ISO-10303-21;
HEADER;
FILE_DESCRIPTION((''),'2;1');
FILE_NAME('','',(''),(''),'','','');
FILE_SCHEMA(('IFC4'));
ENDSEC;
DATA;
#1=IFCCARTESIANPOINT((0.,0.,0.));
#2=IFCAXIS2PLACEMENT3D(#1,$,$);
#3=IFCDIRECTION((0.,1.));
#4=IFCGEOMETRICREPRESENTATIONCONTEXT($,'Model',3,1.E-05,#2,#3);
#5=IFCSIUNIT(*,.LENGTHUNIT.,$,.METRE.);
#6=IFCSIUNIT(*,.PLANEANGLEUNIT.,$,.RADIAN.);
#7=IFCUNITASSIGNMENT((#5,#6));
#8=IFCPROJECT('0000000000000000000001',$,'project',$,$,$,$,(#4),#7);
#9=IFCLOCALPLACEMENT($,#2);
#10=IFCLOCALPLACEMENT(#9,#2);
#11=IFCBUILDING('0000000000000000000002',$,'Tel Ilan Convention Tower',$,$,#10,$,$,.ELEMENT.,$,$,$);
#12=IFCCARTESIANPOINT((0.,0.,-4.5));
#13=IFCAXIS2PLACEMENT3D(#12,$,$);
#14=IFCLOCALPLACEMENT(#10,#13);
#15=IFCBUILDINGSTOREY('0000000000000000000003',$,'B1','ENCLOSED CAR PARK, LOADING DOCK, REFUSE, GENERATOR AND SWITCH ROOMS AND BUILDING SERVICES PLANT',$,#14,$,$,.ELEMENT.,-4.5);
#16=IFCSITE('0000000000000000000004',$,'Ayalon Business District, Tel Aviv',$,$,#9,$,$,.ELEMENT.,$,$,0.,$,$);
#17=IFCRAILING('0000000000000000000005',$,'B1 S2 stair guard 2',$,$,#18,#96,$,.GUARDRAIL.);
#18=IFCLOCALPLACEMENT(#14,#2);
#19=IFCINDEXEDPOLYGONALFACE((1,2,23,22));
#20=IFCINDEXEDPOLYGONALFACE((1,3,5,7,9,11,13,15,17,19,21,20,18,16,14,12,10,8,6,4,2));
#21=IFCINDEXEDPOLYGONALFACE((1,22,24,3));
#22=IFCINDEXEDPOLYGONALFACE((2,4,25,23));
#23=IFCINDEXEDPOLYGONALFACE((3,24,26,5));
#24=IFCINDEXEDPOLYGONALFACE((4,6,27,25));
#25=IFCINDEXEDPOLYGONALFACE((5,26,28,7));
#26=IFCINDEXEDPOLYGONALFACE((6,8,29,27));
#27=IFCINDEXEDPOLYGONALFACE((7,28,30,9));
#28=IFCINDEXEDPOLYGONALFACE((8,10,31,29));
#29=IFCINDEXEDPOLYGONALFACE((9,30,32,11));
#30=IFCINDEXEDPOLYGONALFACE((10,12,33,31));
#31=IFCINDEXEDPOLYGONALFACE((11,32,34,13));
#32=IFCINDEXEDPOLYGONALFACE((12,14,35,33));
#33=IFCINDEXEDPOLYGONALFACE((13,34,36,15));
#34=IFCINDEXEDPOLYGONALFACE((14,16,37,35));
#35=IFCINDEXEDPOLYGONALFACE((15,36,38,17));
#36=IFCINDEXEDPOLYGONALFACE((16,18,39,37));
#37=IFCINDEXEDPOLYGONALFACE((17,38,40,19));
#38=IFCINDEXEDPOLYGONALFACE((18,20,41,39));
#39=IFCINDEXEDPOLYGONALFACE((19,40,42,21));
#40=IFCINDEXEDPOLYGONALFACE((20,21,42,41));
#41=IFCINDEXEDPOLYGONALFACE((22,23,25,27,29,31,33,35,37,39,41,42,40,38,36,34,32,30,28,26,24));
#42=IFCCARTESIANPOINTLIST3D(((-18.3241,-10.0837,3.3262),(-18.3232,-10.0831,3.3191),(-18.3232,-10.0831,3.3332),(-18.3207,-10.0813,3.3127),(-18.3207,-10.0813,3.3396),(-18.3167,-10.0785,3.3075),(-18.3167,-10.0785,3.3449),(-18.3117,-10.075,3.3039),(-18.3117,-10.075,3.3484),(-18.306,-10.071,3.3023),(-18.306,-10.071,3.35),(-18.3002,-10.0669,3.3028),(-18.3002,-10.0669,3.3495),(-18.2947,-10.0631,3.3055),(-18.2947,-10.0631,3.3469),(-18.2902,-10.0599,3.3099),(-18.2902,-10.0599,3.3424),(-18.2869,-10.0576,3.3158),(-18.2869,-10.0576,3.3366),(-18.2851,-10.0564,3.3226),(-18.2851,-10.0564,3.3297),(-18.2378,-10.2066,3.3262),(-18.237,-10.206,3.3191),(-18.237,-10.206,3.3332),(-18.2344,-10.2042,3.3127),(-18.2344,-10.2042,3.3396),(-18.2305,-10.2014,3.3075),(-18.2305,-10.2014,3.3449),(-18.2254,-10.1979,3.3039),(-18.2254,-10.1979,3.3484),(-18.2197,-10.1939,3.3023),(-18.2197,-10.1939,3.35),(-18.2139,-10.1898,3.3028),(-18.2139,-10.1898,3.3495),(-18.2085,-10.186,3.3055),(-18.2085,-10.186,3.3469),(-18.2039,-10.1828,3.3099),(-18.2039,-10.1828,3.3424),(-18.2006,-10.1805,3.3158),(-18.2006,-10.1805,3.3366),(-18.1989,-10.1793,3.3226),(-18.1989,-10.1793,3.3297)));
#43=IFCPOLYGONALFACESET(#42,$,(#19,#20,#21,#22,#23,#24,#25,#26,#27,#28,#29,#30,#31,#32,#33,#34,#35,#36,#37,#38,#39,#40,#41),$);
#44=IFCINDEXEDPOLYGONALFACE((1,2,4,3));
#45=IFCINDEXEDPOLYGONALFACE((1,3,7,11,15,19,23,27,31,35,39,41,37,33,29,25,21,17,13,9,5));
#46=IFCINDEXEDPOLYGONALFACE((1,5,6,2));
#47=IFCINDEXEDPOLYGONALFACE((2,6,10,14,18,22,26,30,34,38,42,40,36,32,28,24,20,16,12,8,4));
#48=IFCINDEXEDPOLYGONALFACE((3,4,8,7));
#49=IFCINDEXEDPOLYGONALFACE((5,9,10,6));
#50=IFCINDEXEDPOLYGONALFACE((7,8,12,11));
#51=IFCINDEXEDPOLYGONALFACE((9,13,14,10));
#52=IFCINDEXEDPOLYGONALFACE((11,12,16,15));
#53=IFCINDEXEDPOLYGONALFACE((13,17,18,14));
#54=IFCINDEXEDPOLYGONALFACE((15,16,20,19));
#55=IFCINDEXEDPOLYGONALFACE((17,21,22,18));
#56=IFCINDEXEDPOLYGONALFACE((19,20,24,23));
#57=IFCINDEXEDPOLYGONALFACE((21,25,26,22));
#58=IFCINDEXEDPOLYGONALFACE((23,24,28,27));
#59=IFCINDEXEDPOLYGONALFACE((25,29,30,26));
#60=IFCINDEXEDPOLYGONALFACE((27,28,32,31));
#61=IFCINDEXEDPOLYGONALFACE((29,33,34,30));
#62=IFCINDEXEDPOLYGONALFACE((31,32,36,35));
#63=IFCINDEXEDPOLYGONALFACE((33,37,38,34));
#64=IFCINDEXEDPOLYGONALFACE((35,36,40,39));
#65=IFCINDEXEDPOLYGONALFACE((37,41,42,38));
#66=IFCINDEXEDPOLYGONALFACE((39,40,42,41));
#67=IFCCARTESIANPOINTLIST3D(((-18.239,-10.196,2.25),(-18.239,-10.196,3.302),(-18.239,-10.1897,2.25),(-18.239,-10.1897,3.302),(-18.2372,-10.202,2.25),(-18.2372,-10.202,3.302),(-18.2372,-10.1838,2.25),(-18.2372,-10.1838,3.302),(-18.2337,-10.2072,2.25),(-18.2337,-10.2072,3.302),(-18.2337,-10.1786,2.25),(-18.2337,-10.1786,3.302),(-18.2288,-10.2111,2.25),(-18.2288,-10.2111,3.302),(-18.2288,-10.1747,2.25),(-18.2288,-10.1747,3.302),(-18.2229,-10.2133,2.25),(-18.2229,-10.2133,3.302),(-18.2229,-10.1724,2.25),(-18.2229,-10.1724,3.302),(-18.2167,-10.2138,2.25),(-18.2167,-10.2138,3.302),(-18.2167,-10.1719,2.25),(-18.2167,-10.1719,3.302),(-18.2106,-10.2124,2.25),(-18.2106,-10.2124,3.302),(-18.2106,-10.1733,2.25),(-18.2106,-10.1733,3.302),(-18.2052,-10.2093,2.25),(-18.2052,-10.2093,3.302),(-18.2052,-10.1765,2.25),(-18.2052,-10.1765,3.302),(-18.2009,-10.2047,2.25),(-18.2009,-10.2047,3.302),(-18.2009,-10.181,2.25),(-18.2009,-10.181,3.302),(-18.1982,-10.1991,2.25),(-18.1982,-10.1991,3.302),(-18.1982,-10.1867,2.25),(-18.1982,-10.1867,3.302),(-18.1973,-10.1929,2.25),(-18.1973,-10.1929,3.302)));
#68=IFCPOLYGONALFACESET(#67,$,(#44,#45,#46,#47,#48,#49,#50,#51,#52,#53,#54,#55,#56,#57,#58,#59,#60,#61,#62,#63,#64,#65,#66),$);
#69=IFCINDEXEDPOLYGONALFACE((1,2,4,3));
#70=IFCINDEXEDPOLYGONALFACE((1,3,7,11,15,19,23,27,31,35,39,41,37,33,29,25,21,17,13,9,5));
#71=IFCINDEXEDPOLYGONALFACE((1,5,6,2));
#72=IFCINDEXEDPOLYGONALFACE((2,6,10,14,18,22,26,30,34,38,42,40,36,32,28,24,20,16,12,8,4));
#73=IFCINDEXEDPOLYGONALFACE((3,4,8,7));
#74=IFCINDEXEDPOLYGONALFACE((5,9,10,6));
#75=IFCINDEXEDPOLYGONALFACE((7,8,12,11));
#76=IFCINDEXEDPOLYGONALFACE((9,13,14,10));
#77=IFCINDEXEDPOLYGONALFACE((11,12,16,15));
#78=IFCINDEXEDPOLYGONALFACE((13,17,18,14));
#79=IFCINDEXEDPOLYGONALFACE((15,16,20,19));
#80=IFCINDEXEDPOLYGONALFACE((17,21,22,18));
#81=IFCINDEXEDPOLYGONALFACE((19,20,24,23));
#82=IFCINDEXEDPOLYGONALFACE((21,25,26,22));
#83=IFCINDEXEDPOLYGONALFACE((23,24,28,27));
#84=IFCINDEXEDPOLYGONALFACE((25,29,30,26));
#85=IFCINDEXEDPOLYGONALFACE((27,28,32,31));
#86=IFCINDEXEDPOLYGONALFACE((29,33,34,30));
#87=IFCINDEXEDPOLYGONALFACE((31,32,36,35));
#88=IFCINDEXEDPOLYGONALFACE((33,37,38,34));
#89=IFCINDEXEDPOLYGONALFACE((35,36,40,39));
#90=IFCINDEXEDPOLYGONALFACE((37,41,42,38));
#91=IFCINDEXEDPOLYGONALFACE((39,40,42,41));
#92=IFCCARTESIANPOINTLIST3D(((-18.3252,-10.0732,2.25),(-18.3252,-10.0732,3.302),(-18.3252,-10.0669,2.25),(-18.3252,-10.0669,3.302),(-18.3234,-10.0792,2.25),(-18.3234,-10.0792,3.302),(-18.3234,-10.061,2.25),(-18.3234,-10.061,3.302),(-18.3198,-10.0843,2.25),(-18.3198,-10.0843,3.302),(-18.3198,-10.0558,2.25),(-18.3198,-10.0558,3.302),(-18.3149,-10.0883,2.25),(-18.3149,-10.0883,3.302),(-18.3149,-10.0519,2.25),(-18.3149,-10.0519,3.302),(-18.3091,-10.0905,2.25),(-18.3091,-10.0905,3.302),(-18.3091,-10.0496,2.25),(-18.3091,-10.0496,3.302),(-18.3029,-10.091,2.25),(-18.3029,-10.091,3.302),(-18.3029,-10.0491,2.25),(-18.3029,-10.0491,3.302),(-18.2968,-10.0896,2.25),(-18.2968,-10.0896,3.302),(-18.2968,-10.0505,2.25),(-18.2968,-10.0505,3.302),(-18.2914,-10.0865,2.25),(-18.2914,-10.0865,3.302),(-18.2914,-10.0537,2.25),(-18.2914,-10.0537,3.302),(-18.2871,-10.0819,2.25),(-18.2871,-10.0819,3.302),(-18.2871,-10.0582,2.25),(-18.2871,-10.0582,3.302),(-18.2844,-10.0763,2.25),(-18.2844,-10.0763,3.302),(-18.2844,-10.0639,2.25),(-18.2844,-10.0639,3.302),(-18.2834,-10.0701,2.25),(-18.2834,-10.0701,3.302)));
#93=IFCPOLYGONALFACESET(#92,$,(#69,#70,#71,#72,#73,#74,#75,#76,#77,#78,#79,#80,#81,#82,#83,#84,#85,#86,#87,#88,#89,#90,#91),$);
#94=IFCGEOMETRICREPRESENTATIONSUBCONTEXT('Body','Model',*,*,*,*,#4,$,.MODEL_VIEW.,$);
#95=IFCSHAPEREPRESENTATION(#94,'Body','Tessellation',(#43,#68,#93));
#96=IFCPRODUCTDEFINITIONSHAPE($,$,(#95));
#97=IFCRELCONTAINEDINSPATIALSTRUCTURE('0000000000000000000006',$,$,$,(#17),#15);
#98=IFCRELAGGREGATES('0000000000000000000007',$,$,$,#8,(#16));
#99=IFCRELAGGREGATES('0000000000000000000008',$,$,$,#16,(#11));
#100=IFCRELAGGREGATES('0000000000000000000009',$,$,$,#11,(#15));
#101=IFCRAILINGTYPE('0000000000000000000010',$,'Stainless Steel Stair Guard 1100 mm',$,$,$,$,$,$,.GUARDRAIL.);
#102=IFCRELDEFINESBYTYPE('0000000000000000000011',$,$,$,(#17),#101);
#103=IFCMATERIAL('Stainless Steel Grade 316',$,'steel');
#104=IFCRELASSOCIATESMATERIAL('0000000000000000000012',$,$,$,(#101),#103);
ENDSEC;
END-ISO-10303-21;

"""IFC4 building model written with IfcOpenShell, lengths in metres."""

from ifc_helpers import new_model, si_unit, direction, frame, origin, origin_2d, place, context, subcontext, project, spatial, circle, extrude, material, type_object, element, save


model = new_model("IFC4")

# Units and contexts
model_context = context("Model", 3, precision=1e-05, world=origin(), true_north=direction((0.0, 1.0)))
body_context = subcontext(model_context, "Body", "Model", "MODEL_VIEW")
ifc_project = project(units=[si_unit("LENGTHUNIT", "METRE"), si_unit("PLANEANGLEUNIT", "RADIAN")], contexts=[model_context])

# Site, building, storey
site_placement = place(None, origin())
site = spatial("IfcSite", under=ifc_project, at=site_placement, Name="Ayalon Business District, Tel Aviv", CompositionType="ELEMENT", RefElevation=0.0)
building_placement = place(site_placement, origin())
building = spatial("IfcBuilding", under=site, at=building_placement, Name="Tel Ilan Convention Tower", CompositionType="ELEMENT")
storey_placement = place(building_placement, frame((0.0, 0.0, -4.5)))
storey = spatial("IfcBuildingStorey", under=building, at=storey_placement, Name="B1", Description="ENCLOSED CAR PARK, LOADING DOCK, REFUSE, GENERATOR AND SWITCH ROOMS AND BUILDING SERVICES PLANT", CompositionType="ELEMENT", Elevation=-4.5)

# Railing
ifc_material_1 = material(Name="Stainless Steel Grade 316", Category="steel")
railing_type = type_object("IfcRailingType", Name="Stainless Steel Stair Guard 1100 mm", PredefinedType="GUARDRAIL", material=ifc_material_1)
railing_1_placement = place(storey_placement, frame((-18.2183, -10.1929, 2.25)))
element("IfcRailing", 1, at=railing_1_placement, inside=storey, type_object=railing_type, Name="B1 S2 stair guard 2", PredefinedType="GUARDRAIL", context=body_context, shape_type="SweptSolid", body=[
    extrude(circle(Radius=0.0239, at=origin_2d()), frame((0.0, 0.0, 1.0762), z_axis=(-0.574445, 0.818543, 0.0), x_axis=(-0.818543, -0.574445, 0.0)), (0.0, 0.0, 1.0), 0.1501),
    extrude(circle(Radius=0.021, at=origin_2d()), origin(), (0.0, 0.0, 1.0), 1.052),
    extrude(circle(Radius=0.021, at=origin_2d()), frame((-0.0862, 0.1228, 0.0)), (0.0, 0.0, 1.0), 1.052),
])

save(model, "model.ifc")
